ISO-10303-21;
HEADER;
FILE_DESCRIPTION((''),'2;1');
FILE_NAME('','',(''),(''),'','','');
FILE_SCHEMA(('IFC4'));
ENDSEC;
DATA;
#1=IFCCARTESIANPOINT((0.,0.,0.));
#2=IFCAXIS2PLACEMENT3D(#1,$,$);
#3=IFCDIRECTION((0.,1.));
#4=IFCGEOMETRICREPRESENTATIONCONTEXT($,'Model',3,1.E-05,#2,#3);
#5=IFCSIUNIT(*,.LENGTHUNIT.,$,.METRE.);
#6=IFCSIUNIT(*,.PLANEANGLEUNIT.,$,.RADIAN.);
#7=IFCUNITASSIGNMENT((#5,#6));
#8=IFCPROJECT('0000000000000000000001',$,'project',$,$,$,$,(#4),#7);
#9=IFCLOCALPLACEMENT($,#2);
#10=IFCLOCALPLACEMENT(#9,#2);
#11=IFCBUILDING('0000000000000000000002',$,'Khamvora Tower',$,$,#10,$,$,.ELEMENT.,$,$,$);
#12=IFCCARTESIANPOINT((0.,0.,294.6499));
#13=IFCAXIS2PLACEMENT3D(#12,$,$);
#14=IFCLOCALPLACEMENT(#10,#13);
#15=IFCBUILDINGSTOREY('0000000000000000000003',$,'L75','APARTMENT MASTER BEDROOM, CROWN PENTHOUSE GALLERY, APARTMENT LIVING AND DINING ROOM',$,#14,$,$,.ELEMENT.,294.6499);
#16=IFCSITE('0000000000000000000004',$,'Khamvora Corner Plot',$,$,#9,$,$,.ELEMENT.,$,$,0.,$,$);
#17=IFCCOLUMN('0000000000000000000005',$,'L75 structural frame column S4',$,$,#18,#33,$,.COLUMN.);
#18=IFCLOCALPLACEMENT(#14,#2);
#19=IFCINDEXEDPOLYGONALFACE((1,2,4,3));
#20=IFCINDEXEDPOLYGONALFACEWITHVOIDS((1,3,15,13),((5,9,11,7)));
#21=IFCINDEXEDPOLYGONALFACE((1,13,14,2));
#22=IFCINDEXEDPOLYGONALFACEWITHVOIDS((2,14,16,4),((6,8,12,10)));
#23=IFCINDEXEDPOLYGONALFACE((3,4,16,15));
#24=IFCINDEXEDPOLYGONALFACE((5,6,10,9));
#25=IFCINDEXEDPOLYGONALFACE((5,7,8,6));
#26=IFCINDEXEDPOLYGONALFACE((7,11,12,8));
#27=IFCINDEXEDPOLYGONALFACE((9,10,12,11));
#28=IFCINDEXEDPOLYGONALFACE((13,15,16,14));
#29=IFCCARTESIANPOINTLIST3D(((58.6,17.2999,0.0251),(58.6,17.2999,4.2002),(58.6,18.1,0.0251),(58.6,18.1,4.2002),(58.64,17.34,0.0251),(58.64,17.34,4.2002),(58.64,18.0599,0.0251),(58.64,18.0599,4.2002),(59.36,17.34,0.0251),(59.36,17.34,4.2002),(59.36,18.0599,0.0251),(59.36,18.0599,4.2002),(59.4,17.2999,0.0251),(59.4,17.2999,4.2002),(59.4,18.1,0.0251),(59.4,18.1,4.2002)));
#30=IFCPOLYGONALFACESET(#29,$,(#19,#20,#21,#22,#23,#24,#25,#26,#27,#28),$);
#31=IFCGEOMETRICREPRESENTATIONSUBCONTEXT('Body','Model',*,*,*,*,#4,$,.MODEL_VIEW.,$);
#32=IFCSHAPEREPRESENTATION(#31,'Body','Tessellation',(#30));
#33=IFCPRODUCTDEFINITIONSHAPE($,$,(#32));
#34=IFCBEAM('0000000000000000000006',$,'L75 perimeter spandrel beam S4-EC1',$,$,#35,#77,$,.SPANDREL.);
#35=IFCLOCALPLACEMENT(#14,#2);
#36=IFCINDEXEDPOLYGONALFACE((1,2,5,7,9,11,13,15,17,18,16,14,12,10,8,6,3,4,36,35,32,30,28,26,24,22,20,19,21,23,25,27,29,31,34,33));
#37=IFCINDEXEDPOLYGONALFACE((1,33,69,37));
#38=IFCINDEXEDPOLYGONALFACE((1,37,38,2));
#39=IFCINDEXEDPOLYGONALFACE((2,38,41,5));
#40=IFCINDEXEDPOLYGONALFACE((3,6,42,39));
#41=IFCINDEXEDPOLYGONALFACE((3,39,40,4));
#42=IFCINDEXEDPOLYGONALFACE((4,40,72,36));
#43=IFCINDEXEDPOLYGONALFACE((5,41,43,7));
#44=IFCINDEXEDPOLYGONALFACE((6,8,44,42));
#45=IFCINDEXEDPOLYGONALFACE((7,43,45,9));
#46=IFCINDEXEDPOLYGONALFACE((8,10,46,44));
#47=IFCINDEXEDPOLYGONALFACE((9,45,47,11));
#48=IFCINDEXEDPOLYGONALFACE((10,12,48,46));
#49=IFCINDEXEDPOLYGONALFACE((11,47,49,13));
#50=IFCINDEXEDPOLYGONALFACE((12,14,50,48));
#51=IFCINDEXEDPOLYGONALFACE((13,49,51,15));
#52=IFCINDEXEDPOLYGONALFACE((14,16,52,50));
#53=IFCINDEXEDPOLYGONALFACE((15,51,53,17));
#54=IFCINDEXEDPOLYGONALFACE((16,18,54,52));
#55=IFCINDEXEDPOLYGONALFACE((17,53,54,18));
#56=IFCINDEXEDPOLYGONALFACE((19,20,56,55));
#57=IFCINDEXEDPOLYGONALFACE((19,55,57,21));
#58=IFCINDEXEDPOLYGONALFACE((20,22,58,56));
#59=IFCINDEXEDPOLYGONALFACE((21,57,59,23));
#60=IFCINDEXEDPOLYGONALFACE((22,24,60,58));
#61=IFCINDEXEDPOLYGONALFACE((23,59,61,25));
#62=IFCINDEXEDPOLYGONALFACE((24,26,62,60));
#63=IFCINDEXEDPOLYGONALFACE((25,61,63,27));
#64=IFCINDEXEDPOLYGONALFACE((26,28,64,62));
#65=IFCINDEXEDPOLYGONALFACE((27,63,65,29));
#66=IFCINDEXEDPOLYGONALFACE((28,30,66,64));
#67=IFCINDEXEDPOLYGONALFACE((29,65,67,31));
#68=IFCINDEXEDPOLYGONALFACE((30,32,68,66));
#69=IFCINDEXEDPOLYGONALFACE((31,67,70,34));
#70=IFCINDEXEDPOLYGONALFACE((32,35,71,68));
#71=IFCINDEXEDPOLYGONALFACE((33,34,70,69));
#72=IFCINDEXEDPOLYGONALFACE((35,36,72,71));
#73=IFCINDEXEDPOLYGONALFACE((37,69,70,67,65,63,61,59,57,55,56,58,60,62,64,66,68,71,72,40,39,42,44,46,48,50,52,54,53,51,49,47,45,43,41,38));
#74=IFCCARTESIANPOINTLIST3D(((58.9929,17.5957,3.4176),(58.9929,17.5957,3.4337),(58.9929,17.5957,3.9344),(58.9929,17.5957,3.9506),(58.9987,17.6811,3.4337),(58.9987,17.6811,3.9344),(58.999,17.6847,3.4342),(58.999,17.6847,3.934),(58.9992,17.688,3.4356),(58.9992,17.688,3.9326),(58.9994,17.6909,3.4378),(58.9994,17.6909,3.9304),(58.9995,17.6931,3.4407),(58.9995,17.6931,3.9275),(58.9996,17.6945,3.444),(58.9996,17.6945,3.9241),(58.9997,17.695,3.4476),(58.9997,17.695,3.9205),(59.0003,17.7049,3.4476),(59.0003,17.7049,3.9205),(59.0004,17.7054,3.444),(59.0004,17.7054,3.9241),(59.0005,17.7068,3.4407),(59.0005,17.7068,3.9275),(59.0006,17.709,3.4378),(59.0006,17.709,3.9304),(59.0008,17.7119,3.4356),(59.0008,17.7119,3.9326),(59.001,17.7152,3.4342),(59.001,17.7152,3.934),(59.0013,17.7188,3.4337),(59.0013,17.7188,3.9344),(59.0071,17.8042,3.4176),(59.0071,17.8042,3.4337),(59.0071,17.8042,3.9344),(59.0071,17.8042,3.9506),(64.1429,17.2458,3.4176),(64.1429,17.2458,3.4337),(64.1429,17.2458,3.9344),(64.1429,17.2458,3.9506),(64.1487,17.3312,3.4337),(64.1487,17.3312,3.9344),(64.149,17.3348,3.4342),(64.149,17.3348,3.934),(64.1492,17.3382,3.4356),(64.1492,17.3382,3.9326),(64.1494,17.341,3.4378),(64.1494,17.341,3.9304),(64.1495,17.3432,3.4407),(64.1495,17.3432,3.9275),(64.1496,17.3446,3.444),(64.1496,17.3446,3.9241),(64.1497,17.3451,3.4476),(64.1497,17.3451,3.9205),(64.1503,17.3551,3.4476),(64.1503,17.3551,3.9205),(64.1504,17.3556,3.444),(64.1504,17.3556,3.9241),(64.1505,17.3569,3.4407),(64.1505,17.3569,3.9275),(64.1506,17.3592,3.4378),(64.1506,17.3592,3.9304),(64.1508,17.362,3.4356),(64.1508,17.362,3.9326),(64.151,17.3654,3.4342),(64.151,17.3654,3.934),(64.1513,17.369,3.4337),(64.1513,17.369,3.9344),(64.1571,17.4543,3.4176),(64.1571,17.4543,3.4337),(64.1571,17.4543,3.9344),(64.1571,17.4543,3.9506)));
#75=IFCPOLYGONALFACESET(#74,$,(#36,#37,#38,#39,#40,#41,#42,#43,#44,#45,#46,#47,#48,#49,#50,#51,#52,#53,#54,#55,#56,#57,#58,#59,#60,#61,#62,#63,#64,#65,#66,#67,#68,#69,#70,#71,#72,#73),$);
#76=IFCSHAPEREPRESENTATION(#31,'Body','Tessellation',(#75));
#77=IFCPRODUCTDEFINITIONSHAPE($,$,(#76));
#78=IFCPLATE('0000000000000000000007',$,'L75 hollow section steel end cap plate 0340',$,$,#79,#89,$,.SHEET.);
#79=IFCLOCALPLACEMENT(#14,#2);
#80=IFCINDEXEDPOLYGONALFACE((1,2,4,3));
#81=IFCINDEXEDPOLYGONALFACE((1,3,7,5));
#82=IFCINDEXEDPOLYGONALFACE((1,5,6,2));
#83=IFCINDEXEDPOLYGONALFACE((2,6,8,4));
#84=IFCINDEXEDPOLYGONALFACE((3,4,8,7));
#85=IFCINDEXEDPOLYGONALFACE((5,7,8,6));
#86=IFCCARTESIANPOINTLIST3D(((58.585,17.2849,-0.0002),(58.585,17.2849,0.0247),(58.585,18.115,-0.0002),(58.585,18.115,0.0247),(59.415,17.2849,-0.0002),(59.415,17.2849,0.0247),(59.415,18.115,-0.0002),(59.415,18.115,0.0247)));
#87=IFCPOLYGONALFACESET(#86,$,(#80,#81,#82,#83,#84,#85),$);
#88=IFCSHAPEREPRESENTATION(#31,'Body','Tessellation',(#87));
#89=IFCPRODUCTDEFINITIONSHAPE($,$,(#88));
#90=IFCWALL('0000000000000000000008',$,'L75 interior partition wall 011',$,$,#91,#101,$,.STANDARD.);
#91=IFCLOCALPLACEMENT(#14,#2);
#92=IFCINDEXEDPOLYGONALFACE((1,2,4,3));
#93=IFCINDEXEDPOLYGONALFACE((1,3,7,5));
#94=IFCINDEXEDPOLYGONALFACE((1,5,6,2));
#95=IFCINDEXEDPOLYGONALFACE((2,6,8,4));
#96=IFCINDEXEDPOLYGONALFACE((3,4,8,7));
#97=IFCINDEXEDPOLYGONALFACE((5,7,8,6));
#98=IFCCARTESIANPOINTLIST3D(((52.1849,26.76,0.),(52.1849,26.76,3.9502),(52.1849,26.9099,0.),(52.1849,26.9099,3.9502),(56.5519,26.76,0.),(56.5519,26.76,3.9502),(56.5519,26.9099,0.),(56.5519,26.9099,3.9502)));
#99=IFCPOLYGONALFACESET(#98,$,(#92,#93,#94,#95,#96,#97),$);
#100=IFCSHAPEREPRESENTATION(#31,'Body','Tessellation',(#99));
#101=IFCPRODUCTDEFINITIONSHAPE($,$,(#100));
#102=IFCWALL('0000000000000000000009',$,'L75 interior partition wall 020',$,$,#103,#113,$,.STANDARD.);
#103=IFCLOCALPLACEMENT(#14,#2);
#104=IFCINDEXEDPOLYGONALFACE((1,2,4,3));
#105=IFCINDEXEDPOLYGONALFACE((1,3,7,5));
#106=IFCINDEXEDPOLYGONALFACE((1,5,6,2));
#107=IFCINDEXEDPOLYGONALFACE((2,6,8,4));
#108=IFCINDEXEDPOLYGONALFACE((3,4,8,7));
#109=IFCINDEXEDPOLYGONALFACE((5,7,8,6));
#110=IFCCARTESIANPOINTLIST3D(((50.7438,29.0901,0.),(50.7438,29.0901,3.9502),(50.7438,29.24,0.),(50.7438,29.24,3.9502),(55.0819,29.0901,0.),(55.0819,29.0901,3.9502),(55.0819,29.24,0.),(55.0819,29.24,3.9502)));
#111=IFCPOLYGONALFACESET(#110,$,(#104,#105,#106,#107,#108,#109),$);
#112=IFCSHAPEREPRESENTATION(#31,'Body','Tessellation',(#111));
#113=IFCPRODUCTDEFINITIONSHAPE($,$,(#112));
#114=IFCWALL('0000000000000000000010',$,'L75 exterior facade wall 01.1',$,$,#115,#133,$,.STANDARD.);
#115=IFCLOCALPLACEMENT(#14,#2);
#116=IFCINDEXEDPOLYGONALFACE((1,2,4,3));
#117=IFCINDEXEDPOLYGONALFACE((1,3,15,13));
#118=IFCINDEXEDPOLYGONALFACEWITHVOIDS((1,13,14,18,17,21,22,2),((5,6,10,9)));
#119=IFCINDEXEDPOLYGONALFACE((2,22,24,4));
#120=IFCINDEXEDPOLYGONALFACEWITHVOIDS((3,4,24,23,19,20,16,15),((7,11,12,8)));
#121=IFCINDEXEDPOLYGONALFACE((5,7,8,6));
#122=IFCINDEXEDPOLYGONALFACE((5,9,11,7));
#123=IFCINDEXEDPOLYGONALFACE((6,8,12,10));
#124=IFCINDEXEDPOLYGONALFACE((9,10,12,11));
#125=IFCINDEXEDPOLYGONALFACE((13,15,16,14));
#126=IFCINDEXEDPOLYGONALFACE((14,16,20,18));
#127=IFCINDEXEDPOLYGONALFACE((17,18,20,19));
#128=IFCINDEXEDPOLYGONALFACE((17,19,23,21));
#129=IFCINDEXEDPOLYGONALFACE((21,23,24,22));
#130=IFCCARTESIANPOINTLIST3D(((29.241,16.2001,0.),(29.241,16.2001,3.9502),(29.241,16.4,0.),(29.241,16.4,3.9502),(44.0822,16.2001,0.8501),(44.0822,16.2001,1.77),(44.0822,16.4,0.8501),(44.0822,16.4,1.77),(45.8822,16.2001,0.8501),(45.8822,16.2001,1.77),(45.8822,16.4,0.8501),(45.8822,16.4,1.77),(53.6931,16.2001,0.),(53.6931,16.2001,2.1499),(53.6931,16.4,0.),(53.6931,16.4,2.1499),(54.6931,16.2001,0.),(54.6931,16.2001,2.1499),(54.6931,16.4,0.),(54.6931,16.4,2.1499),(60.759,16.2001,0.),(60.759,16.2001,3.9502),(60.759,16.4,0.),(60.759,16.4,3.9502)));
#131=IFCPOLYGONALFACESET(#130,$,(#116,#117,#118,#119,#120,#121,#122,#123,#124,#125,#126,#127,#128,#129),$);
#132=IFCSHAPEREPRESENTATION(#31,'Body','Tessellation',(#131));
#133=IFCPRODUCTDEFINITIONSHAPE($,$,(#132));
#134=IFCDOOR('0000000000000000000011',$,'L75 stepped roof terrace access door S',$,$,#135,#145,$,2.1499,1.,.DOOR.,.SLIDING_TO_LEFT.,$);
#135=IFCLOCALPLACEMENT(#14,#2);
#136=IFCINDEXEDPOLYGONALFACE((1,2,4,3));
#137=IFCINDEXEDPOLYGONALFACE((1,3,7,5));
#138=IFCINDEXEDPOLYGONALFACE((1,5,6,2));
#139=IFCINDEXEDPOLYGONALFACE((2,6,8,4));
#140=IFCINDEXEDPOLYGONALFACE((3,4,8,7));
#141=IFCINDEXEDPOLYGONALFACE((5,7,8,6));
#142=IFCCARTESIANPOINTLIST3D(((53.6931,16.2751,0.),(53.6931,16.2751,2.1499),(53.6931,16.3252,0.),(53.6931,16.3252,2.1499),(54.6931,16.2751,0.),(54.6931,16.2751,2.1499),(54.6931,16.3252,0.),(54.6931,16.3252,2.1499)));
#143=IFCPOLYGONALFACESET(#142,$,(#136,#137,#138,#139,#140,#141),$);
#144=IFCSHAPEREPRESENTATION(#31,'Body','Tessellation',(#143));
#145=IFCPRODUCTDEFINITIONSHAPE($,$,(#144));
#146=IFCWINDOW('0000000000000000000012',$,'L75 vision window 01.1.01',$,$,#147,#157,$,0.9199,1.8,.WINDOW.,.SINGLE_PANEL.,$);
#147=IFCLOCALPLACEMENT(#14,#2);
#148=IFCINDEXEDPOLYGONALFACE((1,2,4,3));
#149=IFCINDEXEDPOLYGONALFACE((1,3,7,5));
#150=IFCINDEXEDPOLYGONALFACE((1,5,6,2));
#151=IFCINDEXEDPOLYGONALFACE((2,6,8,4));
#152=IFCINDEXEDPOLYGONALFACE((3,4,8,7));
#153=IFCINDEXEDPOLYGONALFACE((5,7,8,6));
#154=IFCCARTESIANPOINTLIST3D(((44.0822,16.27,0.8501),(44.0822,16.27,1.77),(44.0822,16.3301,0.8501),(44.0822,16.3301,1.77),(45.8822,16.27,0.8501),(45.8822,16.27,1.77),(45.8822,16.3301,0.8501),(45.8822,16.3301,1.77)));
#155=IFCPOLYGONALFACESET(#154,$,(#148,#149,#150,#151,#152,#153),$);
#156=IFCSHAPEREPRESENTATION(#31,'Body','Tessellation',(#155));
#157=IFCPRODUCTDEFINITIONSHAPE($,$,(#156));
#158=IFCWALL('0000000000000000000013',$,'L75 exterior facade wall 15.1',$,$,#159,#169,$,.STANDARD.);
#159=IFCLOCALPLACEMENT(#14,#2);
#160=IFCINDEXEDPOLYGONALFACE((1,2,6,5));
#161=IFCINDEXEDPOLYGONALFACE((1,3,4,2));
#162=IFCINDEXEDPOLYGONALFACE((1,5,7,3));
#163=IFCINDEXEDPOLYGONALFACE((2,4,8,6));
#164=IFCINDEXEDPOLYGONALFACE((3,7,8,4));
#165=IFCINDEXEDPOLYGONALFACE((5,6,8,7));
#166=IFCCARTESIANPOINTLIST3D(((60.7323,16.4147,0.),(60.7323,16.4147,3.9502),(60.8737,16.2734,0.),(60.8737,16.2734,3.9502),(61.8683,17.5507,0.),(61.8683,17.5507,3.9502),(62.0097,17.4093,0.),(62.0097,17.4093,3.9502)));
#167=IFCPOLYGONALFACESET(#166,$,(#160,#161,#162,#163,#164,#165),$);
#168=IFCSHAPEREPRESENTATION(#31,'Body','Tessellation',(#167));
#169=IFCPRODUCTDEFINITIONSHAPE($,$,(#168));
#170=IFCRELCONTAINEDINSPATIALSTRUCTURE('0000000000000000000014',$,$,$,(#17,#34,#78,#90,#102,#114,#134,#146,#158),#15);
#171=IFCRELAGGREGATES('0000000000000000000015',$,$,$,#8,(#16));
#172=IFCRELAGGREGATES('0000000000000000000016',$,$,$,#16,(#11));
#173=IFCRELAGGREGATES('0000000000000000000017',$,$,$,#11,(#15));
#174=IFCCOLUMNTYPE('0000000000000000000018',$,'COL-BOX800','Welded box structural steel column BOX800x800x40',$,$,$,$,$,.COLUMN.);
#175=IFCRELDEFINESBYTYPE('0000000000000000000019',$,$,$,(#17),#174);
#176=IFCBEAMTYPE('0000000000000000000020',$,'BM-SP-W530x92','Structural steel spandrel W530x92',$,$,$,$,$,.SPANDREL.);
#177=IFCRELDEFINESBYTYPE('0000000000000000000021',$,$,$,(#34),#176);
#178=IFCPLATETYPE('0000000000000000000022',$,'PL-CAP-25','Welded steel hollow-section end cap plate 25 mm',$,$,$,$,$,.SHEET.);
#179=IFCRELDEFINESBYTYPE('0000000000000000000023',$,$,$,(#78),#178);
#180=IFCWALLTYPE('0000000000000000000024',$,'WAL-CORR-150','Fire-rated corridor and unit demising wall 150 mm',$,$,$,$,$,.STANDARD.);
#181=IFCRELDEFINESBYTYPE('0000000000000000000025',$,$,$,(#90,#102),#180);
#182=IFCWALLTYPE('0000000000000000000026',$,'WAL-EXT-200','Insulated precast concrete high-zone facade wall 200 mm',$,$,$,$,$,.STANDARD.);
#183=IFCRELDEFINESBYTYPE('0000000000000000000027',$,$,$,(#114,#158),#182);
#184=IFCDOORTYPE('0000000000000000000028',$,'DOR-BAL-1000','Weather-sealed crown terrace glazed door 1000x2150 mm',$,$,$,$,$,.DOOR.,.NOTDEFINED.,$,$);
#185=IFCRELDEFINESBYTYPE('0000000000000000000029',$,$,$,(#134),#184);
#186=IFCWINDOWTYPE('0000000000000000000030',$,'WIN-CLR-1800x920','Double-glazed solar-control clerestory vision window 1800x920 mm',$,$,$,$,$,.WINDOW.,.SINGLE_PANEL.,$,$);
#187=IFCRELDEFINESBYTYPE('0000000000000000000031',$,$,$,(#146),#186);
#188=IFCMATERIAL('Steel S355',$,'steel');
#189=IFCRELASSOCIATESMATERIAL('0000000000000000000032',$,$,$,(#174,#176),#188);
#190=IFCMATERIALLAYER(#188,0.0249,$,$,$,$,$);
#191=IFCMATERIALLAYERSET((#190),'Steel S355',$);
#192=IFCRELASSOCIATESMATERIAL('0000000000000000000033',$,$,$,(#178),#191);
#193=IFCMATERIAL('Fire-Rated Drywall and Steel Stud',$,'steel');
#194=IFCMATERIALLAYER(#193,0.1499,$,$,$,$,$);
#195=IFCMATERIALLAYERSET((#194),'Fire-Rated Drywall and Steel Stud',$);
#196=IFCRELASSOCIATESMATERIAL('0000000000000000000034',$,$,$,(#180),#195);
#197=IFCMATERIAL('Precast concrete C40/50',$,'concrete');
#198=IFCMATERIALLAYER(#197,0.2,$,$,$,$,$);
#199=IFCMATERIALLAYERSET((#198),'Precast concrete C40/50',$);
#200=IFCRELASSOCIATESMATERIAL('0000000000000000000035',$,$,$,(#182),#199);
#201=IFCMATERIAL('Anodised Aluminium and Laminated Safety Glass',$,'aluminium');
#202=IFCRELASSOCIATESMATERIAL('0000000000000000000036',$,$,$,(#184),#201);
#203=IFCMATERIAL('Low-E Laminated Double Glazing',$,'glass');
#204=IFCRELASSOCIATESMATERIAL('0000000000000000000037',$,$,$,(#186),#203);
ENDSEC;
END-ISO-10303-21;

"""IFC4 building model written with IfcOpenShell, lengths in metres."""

from ifc_helpers import new_model, si_unit, direction, frame, frame_2d, origin, origin_2d, place, context, subcontext, project, spatial, rectangle, hollow_rectangle, i_section, extrude, material, layer, layer_set, material_profile, profile_set, type_object, element, fill, save


model = new_model("IFC4")

# Units and contexts
model_context = context("Model", 3, precision=1e-05, world=origin(), true_north=direction((0.0, 1.0)))
body_context = subcontext(model_context, "Body", "Model", "MODEL_VIEW")
ifc_project = project(units=[si_unit("LENGTHUNIT", "METRE"), si_unit("PLANEANGLEUNIT", "RADIAN")], contexts=[model_context])

# Site, building, storey
site_placement = place(None, origin())
site = spatial("IfcSite", under=ifc_project, at=site_placement, Name="Khamvora Corner Plot", CompositionType="ELEMENT", RefElevation=0.0)
building_placement = place(site_placement, origin())
building = spatial("IfcBuilding", under=site, at=building_placement, Name="Khamvora Tower", CompositionType="ELEMENT")
storey_placement = place(building_placement, frame((0.0, 0.0, 294.6499)))
storey = spatial("IfcBuildingStorey", under=building, at=storey_placement, Name="L75", Description="APARTMENT MASTER BEDROOM, CROWN PENTHOUSE GALLERY, APARTMENT LIVING AND DINING ROOM", CompositionType="ELEMENT", Elevation=294.6499)

# Column
ifc_material_1 = material(Name="Steel S355", Category="steel")
ifc_material_profile_1 = material_profile(ifc_material_1, hollow_rectangle(XDim=0.8, YDim=0.8, WallThickness=0.04, at=origin_2d()), Name="BOX800x800x40")
ifc_profile_set_1 = profile_set([ifc_material_profile_1], Name="Steel S355")
column_type = type_object("IfcColumnType", Name="COL-BOX800", Description="Welded box structural steel column BOX800x800x40", PredefinedType="COLUMN", material=ifc_profile_set_1)
column_placement = place(storey_placement, frame((59.0, 17.7, 0.0251), z_axis=(0.0, 0.0, 1.0), x_axis=(1.0, 0.0, 0.0)))
element("IfcColumn", 1, at=column_placement, inside=storey, type_object=column_type, Name="L75 structural frame column S4", PredefinedType="COLUMN", context=body_context, shape_type="SweptSolid", body=[
    extrude(hollow_rectangle(XDim=0.8, YDim=0.8, WallThickness=0.04, at=origin_2d()), origin(), (0.0, 0.0, 1.0), 4.175),
])

# Beam
ifc_material_profile_2 = material_profile(ifc_material_1, i_section(OverallWidth=0.209, OverallDepth=0.533, WebThickness=0.01, FlangeThickness=0.0161, FilletRadius=0.0139, at=origin_2d()), Name="W530x92")
ifc_profile_set_2 = profile_set([ifc_material_profile_2], Name="Steel S355")
beam_type = type_object("IfcBeamType", Name="BM-SP-W530x92", Description="Structural steel spandrel W530x92", PredefinedType="SPANDREL", material=ifc_profile_set_2)
beam_placement = place(storey_placement, frame((59.0, 17.7, 3.6841), z_axis=(0.9977, -0.067778, 0.0), x_axis=(0.067778, 0.9977, 0.0)))
element("IfcBeam", 2, at=beam_placement, inside=storey, type_object=beam_type, Name="L75 perimeter spandrel beam S4-EC1", PredefinedType="SPANDREL", context=body_context, shape_type="SweptSolid", body=[
    extrude(i_section(OverallWidth=0.209, OverallDepth=0.533, WebThickness=0.01, FlangeThickness=0.0161, FilletRadius=0.0139, at=origin_2d()), origin(), (0.0, 0.0, 1.0), 5.1619),
])

# Plate
ifc_layer_1 = layer(ifc_material_1, 0.0249)
ifc_layer_set_1 = layer_set([ifc_layer_1], Name="Steel S355")
plate_type = type_object("IfcPlateType", Name="PL-CAP-25", Description="Welded steel hollow-section end cap plate 25 mm", PredefinedType="SHEET", material=ifc_layer_set_1)
plate_placement = place(storey_placement, frame((59.0, 17.7, -0.0002), z_axis=(0.0, 0.0, 1.0), x_axis=(1.0, 0.0, 0.0)))
element("IfcPlate", 3, at=plate_placement, inside=storey, type_object=plate_type, Name="L75 hollow section steel end cap plate 0340", PredefinedType="SHEET", context=body_context, shape_type="SweptSolid", body=[
    extrude(rectangle(XDim=0.8301, YDim=0.8301, at=origin_2d()), origin(), (0.0, 0.0, 1.0), 0.0249),
])

# Shared definitions
ifc_material_2 = material(Name="Fire-Rated Drywall and Steel Stud", Category="steel")
ifc_layer_2 = layer(ifc_material_2, 0.1499)
ifc_layer_set_2 = layer_set([ifc_layer_2], Name="Fire-Rated Drywall and Steel Stud")
wall_type_1 = type_object("IfcWallType", Name="WAL-CORR-150", Description="Fire-rated corridor and unit demising wall 150 mm", PredefinedType="STANDARD", material=ifc_layer_set_2)

# Wall
wall_1_placement = place(storey_placement, frame((56.552, 26.835, 0.0), z_axis=(0.0, 0.0, 1.0), x_axis=(-1.0, 0.0, 0.0)))
element("IfcWall", 4, at=wall_1_placement, inside=storey, type_object=wall_type_1, Name="L75 interior partition wall 011", PredefinedType="STANDARD", context=body_context, shape_type="SweptSolid", body=[
    extrude(rectangle(XDim=4.3669, YDim=0.1499, at=frame_2d((2.1836, 0.0))), origin(), (0.0, 0.0, 1.0), 3.9502),
])

# Wall
wall_2_placement = place(storey_placement, frame((50.7439, 29.165, 0.0), z_axis=(0.0, 0.0, 1.0), x_axis=(1.0, 0.0, 0.0)))
element("IfcWall", 5, at=wall_2_placement, inside=storey, type_object=wall_type_1, Name="L75 interior partition wall 020", PredefinedType="STANDARD", context=body_context, shape_type="SweptSolid", body=[
    extrude(rectangle(XDim=4.3381, YDim=0.1499, at=frame_2d((2.1689, 0.0))), origin(), (0.0, 0.0, 1.0), 3.9502),
])

# Wall, openings, door, window
ifc_material_3 = material(Name="Precast concrete C40/50", Category="concrete")
ifc_layer_3 = layer(ifc_material_3, 0.2)
ifc_layer_set_3 = layer_set([ifc_layer_3], Name="Precast concrete C40/50")
wall_type_2 = type_object("IfcWallType", Name="WAL-EXT-200", Description="Insulated precast concrete high-zone facade wall 200 mm", PredefinedType="STANDARD", material=ifc_layer_set_3)
wall_3_placement = place(storey_placement, frame((60.759, 16.3, 0.0), z_axis=(0.0, 0.0, 1.0), x_axis=(-1.0, 0.0, 0.0)))
wall_3 = element("IfcWall", 6, at=wall_3_placement, inside=storey, type_object=wall_type_2, Name="L75 exterior facade wall 01.1", PredefinedType="STANDARD", context=body_context, shape_type="SweptSolid", body=[
    extrude(rectangle(XDim=31.5181, YDim=0.2, at=frame_2d((15.759, 0.0))), origin(), (0.0, 0.0, 1.0), 3.9502),
])
opening_1_placement = place(wall_3_placement, frame((6.0659, 0.0, 0.0)))
opening_1 = element("IfcOpeningElement", 7, at=opening_1_placement, cuts=wall_3, PredefinedType="OPENING", context=body_context, shape_type="SweptSolid", body=[
    extrude(rectangle(XDim=1.0, YDim=2.1499, at=frame_2d((0.5, 1.075))), frame((0.0, 0.1099, 0.0), z_axis=(0.0, -1.0, 0.0), x_axis=(1.0, 0.0, 0.0)), (0.0, 0.0, 1.0), 0.22),
])
opening_2_placement = place(wall_3_placement, frame((14.877, 0.0, 0.8501)))
opening_2 = element("IfcOpeningElement", 8, at=opening_2_placement, cuts=wall_3, PredefinedType="OPENING", context=body_context, shape_type="SweptSolid", body=[
    extrude(rectangle(XDim=1.8, YDim=0.9199, at=frame_2d((0.8999, 0.46))), frame((0.0, 0.1099, 0.0), z_axis=(0.0, -1.0, 0.0), x_axis=(1.0, 0.0, 0.0)), (0.0, 0.0, 1.0), 0.22),
])
ifc_material_4 = material(Name="Anodised Aluminium and Laminated Safety Glass", Category="aluminium")
door_type_1 = type_object("IfcDoorType", Name="DOR-BAL-1000", Description="Weather-sealed crown terrace glazed door 1000x2150 mm", OperationType="NOTDEFINED", PredefinedType="DOOR", material=ifc_material_4)
door_1_placement = place(opening_1_placement, origin())
door_1 = element("IfcDoor", 9, at=door_1_placement, inside=storey, type_object=door_type_1, Name="L75 stepped roof terrace access door S", OperationType="SLIDING_TO_LEFT", OverallHeight=2.1499, OverallWidth=1.0, PredefinedType="DOOR", context=body_context, shape_type="SweptSolid", body=[
    extrude(rectangle(XDim=1.0, YDim=2.1499, at=frame_2d((0.5, 1.075))), frame((0.0, 0.0249, 0.0), z_axis=(0.0, -1.0, 0.0), x_axis=(1.0, 0.0, 0.0)), (0.0, 0.0, 1.0), 0.05),
])
fill(opening_1, door_1)
ifc_material_5 = material(Name="Low-E Laminated Double Glazing", Category="glass")
window_type = type_object("IfcWindowType", Name="WIN-CLR-1800x920", Description="Double-glazed solar-control clerestory vision window 1800x920 mm", PartitioningType="SINGLE_PANEL", PredefinedType="WINDOW", material=ifc_material_5)
window_placement = place(opening_2_placement, origin())
window = element("IfcWindow", 10, at=window_placement, inside=storey, type_object=window_type, Name="L75 vision window 01.1.01", OverallHeight=0.9199, OverallWidth=1.8, PartitioningType="SINGLE_PANEL", PredefinedType="WINDOW", context=body_context, shape_type="SweptSolid", body=[
    extrude(rectangle(XDim=1.8, YDim=0.9199, at=frame_2d((0.8999, 0.46))), frame((0.0, 0.03, 0.0), z_axis=(0.0, -1.0, 0.0), x_axis=(1.0, 0.0, 0.0)), (0.0, 0.0, 1.0), 0.0601),
])
fill(opening_2, window)

# Wall
wall_4_placement = place(storey_placement, frame((61.939, 17.48, 0.0), z_axis=(0.0, 0.0, 1.0), x_axis=(-0.707107, -0.707107, 0.0)))
element("IfcWall", 11, at=wall_4_placement, inside=storey, type_object=wall_type_2, Name="L75 exterior facade wall 15.1", PredefinedType="STANDARD", context=body_context, shape_type="SweptSolid", body=[
    extrude(rectangle(XDim=1.6064, YDim=0.2, at=frame_2d((0.8032, 0.0))), origin(), (0.0, 0.0, 1.0), 3.9502),
])

save(model, "model.ifc")
